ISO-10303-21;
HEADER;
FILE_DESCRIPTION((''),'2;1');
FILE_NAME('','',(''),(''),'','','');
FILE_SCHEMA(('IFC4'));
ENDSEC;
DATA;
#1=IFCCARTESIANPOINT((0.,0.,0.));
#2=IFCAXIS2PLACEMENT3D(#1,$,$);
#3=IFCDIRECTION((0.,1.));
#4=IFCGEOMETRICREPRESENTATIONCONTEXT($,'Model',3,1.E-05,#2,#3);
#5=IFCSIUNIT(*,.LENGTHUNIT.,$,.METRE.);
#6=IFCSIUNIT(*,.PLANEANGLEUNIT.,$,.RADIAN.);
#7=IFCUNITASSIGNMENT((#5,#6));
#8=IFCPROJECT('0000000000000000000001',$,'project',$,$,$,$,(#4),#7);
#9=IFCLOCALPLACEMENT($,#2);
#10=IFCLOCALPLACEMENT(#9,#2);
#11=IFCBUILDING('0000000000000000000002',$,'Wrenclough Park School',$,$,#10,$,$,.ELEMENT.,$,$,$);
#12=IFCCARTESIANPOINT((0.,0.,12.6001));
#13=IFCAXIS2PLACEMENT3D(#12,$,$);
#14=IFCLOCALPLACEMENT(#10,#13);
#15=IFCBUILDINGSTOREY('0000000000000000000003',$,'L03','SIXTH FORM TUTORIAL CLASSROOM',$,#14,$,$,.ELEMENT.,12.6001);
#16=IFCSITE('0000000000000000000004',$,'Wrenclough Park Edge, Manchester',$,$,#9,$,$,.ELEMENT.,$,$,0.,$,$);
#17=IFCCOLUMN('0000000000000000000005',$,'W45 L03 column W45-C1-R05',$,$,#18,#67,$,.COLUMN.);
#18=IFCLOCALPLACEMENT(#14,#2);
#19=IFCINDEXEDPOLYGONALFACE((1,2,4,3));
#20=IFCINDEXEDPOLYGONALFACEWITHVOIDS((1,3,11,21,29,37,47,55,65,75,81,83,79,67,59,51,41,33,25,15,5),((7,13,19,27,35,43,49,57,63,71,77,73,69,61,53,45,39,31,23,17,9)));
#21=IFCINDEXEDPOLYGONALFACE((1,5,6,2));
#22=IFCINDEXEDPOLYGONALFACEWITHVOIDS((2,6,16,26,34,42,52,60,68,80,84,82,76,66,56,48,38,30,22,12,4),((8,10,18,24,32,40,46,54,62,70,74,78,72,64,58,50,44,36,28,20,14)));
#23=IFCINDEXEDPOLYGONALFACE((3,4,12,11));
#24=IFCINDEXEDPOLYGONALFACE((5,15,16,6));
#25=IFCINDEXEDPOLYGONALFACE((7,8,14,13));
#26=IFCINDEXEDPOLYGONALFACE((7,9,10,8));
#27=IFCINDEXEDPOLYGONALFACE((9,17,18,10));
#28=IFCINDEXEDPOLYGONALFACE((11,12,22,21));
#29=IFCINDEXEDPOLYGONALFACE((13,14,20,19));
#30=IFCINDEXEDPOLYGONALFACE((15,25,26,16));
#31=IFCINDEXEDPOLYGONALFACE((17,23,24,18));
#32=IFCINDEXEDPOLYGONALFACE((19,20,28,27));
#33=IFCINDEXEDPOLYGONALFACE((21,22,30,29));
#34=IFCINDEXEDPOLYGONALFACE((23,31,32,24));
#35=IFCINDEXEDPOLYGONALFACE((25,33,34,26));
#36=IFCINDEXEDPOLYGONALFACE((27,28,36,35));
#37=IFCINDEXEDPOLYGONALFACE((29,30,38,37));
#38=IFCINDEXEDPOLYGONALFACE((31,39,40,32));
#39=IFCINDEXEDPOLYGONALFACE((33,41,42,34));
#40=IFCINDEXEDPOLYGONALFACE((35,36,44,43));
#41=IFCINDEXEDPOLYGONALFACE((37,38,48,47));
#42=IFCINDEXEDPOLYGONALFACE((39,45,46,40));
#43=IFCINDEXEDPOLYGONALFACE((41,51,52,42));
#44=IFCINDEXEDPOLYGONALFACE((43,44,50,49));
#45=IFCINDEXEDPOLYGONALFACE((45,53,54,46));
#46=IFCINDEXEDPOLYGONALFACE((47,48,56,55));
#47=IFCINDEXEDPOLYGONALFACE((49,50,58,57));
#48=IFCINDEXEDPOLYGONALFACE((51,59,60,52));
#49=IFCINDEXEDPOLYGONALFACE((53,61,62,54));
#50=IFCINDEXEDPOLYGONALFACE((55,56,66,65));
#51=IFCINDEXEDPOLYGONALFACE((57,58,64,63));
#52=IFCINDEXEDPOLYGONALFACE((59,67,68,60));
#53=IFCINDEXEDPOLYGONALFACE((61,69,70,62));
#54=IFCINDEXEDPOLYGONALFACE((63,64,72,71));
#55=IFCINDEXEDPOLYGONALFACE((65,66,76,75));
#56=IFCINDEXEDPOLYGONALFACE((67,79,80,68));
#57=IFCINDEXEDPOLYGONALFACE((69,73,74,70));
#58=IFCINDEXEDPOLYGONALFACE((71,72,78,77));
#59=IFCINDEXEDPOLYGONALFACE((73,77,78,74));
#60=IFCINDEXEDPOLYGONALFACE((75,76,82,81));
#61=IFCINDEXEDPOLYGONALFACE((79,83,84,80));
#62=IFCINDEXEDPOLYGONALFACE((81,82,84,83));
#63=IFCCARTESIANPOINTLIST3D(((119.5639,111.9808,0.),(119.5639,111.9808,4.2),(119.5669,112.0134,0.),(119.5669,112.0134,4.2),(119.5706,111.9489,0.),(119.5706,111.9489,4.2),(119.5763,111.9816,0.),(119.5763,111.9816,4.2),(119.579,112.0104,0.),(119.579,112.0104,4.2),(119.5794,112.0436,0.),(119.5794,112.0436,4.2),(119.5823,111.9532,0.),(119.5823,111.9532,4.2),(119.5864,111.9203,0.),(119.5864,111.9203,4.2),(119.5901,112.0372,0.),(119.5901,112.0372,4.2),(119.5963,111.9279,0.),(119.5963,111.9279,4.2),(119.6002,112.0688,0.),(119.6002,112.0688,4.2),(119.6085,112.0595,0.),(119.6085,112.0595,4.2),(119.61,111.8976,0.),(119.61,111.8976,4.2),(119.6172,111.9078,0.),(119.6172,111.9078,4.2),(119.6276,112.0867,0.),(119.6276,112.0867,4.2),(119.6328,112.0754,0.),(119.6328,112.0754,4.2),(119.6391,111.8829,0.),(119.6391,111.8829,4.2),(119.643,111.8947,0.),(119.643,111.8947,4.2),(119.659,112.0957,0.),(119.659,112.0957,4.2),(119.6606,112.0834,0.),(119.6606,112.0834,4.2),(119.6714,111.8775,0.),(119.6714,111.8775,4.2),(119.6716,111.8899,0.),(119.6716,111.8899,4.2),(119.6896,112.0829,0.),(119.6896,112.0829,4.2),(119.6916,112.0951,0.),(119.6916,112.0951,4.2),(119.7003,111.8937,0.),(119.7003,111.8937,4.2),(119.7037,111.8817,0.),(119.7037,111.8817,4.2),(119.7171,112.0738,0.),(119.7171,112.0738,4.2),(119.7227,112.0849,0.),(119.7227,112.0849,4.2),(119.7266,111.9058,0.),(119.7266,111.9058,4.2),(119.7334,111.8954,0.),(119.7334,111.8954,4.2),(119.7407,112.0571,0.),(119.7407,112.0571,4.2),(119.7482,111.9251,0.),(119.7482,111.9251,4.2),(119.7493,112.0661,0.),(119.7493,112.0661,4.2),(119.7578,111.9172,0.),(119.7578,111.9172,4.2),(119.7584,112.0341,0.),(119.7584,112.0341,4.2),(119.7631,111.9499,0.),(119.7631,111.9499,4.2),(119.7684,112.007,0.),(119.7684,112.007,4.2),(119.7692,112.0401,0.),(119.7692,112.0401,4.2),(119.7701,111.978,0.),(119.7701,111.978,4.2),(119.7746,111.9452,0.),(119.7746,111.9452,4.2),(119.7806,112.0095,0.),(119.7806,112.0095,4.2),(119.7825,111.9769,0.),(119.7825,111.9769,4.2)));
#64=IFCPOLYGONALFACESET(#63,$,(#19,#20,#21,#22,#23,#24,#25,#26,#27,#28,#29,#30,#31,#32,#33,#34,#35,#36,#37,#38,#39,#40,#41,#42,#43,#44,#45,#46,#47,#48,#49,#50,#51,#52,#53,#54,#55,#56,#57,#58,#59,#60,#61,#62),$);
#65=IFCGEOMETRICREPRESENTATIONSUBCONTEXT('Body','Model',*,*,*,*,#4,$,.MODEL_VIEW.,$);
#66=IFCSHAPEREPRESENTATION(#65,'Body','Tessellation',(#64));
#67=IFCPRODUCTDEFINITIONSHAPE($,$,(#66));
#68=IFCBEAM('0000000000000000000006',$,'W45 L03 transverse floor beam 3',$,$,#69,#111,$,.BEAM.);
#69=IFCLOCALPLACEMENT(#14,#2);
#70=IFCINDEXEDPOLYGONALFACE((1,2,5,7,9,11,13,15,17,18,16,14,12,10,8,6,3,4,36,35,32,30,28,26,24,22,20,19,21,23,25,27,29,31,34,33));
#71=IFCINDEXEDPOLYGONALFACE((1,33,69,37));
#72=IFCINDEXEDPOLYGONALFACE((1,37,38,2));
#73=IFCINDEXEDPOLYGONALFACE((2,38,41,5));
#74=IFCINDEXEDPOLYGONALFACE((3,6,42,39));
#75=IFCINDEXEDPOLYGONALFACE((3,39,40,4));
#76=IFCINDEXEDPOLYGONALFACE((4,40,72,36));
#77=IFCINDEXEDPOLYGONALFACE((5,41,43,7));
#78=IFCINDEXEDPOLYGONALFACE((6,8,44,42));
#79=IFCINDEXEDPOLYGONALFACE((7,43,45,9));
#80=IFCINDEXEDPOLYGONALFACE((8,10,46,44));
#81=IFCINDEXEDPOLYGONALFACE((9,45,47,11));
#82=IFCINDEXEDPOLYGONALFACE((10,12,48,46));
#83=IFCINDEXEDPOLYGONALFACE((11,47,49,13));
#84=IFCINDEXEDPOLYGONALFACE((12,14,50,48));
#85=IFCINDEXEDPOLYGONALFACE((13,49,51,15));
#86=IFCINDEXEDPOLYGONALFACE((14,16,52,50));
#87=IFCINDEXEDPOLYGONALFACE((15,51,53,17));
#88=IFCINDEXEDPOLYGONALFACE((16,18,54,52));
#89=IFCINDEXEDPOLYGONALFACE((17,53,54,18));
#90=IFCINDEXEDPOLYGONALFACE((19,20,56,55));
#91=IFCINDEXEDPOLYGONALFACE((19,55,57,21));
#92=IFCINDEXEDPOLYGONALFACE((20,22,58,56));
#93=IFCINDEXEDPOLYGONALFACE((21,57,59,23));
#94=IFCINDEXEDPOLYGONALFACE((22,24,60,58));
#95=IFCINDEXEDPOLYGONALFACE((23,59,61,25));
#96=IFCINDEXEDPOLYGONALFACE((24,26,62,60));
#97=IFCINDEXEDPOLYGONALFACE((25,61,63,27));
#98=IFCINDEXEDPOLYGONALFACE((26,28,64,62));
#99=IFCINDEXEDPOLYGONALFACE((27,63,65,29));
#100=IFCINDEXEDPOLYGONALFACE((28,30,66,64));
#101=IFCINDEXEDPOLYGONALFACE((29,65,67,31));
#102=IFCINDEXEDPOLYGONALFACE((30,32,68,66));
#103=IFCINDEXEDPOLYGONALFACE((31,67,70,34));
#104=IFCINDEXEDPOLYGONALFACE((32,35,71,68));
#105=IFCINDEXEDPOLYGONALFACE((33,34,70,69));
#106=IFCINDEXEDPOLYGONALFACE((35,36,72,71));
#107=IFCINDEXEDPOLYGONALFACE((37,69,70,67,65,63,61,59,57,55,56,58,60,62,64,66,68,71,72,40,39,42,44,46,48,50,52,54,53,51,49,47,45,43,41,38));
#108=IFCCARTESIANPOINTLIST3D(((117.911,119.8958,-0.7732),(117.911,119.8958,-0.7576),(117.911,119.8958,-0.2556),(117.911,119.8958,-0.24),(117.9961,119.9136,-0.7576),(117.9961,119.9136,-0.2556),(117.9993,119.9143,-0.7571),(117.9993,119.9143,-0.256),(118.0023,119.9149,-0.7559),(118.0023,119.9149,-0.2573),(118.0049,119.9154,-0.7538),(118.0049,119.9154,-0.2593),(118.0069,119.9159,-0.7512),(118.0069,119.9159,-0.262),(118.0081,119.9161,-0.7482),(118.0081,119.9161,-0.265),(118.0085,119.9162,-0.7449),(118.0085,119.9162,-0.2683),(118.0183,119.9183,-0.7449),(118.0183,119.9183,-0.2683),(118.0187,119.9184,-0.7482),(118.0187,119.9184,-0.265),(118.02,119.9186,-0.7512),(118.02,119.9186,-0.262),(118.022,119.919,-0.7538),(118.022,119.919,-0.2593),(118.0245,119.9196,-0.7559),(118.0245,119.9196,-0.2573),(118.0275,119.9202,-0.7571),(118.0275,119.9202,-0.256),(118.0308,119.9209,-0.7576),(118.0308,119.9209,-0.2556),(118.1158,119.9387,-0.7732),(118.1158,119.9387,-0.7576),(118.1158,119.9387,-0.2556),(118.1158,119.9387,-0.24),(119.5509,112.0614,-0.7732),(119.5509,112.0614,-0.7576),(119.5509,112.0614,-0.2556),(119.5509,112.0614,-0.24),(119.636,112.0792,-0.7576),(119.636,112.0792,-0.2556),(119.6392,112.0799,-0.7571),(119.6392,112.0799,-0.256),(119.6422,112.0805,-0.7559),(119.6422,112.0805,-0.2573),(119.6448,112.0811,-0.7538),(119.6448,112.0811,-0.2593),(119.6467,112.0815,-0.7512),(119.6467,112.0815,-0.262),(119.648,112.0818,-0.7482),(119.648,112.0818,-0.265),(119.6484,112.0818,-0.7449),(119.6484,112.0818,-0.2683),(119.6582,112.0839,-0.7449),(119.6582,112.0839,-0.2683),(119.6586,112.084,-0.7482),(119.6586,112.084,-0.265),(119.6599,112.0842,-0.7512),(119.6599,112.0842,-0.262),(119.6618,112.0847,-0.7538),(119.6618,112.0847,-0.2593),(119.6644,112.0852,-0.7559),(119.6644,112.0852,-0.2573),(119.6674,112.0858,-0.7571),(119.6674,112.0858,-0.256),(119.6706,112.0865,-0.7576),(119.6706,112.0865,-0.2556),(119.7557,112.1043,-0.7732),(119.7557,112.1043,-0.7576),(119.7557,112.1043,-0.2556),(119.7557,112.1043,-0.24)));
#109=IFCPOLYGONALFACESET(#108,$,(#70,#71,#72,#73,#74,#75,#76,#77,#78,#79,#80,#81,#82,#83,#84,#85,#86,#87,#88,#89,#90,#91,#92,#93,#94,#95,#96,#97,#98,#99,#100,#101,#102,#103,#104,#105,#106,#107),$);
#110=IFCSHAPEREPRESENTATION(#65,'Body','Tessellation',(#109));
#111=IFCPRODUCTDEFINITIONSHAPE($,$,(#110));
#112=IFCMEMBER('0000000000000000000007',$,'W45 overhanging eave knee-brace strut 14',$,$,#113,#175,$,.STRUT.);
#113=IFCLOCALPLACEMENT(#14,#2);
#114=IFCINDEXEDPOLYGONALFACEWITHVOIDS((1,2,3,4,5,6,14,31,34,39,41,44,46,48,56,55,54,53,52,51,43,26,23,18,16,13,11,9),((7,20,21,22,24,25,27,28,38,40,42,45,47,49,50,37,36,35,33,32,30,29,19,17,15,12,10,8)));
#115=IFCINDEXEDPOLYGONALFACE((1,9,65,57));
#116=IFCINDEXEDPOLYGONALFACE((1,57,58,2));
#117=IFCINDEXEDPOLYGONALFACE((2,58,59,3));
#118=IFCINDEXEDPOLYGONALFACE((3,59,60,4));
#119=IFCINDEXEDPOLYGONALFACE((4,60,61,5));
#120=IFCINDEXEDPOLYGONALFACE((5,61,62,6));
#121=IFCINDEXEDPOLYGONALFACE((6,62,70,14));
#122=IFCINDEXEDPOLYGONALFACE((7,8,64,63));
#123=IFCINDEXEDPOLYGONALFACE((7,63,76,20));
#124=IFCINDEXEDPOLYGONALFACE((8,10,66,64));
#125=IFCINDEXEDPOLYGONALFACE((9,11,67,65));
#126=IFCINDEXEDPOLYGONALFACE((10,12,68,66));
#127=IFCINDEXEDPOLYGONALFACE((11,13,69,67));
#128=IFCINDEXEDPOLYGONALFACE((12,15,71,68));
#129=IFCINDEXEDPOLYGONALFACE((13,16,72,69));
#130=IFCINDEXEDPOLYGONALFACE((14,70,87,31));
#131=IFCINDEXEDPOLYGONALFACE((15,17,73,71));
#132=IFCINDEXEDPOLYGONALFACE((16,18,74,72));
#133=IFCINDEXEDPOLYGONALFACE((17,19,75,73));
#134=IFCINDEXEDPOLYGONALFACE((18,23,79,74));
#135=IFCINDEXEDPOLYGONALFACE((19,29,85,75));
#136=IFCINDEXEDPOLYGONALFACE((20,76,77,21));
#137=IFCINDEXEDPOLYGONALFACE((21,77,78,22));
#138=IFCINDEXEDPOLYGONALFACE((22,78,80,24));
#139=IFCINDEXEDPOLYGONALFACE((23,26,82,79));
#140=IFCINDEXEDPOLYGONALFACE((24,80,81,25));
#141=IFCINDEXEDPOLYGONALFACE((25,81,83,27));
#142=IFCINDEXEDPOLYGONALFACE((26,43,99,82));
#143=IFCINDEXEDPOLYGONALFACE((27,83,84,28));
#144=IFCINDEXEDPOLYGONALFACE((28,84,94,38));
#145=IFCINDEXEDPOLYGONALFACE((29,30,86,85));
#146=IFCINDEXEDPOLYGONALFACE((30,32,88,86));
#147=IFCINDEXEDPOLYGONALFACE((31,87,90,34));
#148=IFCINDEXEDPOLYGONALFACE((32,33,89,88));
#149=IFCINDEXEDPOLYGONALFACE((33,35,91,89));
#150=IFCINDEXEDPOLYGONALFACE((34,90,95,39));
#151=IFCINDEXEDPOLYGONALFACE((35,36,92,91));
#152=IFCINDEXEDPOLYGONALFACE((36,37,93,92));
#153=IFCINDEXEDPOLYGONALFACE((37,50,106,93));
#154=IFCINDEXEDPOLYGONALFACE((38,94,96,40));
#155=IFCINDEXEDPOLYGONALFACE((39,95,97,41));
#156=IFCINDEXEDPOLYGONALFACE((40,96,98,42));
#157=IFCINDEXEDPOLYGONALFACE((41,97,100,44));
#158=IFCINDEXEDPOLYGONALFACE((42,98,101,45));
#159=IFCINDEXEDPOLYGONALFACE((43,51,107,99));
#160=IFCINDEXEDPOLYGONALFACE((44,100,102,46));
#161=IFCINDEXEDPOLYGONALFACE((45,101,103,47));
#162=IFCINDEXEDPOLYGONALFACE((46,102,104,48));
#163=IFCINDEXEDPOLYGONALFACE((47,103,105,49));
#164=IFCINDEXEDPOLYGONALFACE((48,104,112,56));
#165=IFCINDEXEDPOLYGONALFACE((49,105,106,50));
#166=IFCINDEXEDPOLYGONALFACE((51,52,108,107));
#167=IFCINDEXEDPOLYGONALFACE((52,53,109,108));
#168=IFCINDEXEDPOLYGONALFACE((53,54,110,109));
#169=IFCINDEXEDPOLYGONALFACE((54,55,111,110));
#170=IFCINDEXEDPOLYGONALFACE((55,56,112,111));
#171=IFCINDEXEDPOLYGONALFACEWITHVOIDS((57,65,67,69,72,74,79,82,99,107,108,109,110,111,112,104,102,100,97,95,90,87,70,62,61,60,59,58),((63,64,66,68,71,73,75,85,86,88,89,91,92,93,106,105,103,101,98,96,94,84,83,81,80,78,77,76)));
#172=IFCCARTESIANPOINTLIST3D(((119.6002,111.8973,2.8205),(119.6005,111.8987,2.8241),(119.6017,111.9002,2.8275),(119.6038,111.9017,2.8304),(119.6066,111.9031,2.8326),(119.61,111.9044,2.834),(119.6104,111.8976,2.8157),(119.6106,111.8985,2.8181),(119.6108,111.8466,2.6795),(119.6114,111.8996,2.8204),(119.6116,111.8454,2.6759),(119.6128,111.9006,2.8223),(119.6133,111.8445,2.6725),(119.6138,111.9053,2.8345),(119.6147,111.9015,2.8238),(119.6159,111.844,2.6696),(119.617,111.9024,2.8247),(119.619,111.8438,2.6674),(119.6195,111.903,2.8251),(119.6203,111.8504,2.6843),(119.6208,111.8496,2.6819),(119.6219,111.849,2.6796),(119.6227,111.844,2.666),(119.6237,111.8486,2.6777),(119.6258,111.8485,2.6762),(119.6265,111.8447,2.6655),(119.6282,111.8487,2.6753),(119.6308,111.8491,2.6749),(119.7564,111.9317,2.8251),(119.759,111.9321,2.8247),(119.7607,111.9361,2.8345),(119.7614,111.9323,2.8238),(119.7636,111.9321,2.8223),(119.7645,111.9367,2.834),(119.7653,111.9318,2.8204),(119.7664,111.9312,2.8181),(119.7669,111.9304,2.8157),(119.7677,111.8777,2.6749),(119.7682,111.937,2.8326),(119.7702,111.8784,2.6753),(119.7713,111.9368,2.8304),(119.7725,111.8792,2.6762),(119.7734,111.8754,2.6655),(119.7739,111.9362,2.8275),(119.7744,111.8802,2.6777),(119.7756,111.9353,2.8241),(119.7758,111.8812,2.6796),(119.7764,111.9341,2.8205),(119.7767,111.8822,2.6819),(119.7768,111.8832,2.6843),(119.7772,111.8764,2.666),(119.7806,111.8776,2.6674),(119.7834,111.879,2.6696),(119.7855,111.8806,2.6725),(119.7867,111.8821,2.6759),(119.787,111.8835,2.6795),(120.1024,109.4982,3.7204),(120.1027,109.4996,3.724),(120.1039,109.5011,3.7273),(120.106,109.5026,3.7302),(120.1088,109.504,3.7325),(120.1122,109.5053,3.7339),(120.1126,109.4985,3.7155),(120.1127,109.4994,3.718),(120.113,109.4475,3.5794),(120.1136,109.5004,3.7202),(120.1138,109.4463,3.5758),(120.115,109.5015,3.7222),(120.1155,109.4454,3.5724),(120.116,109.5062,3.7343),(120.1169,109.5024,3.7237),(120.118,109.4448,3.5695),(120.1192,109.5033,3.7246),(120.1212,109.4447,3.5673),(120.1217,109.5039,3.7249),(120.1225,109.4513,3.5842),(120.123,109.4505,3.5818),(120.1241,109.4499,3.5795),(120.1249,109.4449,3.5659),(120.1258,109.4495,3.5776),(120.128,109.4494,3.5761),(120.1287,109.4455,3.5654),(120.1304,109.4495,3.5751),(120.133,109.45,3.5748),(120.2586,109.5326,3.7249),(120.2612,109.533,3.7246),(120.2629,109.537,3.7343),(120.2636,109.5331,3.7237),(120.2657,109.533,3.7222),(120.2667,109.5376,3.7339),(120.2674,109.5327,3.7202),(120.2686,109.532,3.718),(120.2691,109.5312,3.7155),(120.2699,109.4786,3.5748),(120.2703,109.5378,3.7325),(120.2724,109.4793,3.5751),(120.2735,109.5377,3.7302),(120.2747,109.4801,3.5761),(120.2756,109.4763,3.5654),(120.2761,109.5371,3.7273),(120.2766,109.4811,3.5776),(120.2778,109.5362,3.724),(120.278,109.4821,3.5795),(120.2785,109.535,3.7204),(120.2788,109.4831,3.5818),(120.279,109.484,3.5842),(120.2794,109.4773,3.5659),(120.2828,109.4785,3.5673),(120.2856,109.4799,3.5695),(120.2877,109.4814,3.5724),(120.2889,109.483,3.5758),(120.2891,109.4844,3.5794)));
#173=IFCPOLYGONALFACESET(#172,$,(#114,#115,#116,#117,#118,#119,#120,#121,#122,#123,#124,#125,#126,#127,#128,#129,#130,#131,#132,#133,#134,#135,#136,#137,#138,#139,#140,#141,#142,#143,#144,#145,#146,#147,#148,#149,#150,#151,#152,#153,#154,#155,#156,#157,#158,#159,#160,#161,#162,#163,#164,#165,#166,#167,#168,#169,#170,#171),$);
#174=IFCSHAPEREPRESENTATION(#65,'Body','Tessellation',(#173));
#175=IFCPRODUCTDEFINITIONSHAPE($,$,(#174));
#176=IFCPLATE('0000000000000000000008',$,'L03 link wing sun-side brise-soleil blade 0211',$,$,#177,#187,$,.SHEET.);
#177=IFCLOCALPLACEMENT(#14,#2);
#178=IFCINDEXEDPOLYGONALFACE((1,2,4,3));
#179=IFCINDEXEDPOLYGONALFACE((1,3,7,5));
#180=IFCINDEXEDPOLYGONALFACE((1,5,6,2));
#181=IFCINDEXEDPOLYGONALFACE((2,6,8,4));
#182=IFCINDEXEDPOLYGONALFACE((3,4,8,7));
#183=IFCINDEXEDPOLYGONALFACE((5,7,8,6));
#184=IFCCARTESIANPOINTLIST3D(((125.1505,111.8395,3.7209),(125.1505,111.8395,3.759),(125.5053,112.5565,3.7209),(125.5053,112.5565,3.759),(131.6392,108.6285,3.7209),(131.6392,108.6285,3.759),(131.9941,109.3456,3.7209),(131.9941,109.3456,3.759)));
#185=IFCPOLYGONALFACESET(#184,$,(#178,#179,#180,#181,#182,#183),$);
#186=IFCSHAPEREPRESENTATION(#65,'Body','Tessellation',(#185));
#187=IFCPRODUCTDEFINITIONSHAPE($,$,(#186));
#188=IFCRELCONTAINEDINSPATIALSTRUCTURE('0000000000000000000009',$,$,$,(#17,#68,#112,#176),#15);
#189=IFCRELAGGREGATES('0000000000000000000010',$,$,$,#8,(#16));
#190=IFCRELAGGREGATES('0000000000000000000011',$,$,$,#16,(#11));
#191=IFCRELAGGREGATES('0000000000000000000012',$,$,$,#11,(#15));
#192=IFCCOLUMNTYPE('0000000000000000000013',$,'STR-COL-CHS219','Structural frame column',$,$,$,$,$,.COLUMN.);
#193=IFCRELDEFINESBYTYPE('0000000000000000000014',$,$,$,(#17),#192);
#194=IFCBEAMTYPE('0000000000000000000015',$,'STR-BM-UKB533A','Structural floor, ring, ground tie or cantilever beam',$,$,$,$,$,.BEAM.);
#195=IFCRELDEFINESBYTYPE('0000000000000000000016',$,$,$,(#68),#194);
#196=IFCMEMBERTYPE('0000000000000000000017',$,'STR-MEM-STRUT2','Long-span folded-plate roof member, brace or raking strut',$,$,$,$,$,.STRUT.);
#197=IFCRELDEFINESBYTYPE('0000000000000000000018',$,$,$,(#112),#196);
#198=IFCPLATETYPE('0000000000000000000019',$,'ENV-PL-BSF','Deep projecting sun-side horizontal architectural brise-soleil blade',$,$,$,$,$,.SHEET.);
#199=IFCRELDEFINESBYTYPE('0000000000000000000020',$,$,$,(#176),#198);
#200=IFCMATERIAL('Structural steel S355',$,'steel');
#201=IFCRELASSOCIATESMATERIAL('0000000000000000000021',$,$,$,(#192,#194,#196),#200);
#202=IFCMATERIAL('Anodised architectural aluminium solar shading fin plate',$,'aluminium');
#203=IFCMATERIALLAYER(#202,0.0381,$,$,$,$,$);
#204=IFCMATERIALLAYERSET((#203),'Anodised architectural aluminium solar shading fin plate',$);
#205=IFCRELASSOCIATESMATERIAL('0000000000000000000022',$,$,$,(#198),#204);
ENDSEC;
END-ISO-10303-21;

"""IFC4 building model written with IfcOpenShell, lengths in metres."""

from ifc_helpers import new_model, si_unit, direction, frame, origin, origin_2d, place, context, subcontext, project, spatial, rectangle, hollow_rectangle, hollow_circle, i_section, extrude, material, layer, layer_set, material_profile, profile_set, type_object, element, save


model = new_model("IFC4")

# Units and contexts
model_context = context("Model", 3, precision=1e-05, world=origin(), true_north=direction((0.0, 1.0)))
body_context = subcontext(model_context, "Body", "Model", "MODEL_VIEW")
ifc_project = project(units=[si_unit("LENGTHUNIT", "METRE"), si_unit("PLANEANGLEUNIT", "RADIAN")], contexts=[model_context])

# Site, building, storey
site_placement = place(None, origin())
site = spatial("IfcSite", under=ifc_project, at=site_placement, Name="Wrenclough Park Edge, Manchester", CompositionType="ELEMENT", RefElevation=0.0)
building_placement = place(site_placement, origin())
building = spatial("IfcBuilding", under=site, at=building_placement, Name="Wrenclough Park School", CompositionType="ELEMENT")
storey_placement = place(building_placement, frame((0.0, 0.0, 12.6001)))
storey = spatial("IfcBuildingStorey", under=building, at=storey_placement, Name="L03", Description="SIXTH FORM TUTORIAL CLASSROOM", CompositionType="ELEMENT", Elevation=12.6001)

# Column
ifc_material_1 = material(Name="Structural steel S355", Category="steel")
ifc_material_profile_1 = material_profile(ifc_material_1, hollow_circle(Radius=0.1096, WallThickness=0.0125, at=origin_2d()), Name="CHS 219.1x12.5")
ifc_profile_set_1 = profile_set([ifc_material_profile_1], Name="Structural steel S355")
column_type = type_object("IfcColumnType", Name="STR-COL-CHS219", Description="Structural frame column", PredefinedType="COLUMN", material=ifc_profile_set_1)
column_placement = place(storey_placement, frame((119.6733, 111.9871, 0.0), z_axis=(0.0, 0.0, 1.0), x_axis=(0.978796, 0.204838, 0.0)))
element("IfcColumn", 1, at=column_placement, inside=storey, type_object=column_type, Name="W45 L03 column W45-C1-R05", PredefinedType="COLUMN", context=body_context, shape_type="SweptSolid", body=[
    extrude(hollow_circle(Radius=0.1096, WallThickness=0.0125, at=origin_2d()), origin(), (0.0, 0.0, 1.0), 4.2),
])

# Beam
ifc_material_profile_2 = material_profile(ifc_material_1, i_section(OverallWidth=0.2092, OverallDepth=0.5332, WebThickness=0.01, FlangeThickness=0.0156, FilletRadius=0.0127, at=origin_2d()), Name="UKB 533x210x92")
ifc_profile_set_2 = profile_set([ifc_material_profile_2], Name="Structural steel S355")
beam_type = type_object("IfcBeamType", Name="STR-BM-UKB533A", Description="Structural floor, ring, ground tie or cantilever beam", PredefinedType="BEAM", material=ifc_profile_set_2)
beam_placement = place(storey_placement, frame((118.0134, 119.9172, -0.5066), z_axis=(0.204877, -0.978788, 0.0), x_axis=(0.978788, 0.204877, 0.0)))
element("IfcBeam", 2, at=beam_placement, inside=storey, type_object=beam_type, Name="W45 L03 transverse floor beam 3", PredefinedType="BEAM", context=body_context, shape_type="SweptSolid", body=[
    extrude(i_section(OverallWidth=0.2092, OverallDepth=0.5332, WebThickness=0.01, FlangeThickness=0.0156, FilletRadius=0.0127, at=origin_2d()), origin(), (0.0, 0.0, 1.0), 8.0042),
])

# Member
ifc_material_profile_3 = material_profile(ifc_material_1, hollow_rectangle(XDim=0.1799, YDim=0.1799, WallThickness=0.01, InnerFilletRadius=0.01, OuterFilletRadius=0.0149, at=origin_2d()), Name="SHS 180x180x10.0")
ifc_profile_set_3 = profile_set([ifc_material_profile_3], Name="Structural steel S355")
member_type = type_object("IfcMemberType", Name="STR-MEM-STRUT2", Description="Long-span folded-plate roof member, brace or raking strut", PredefinedType="STRUT", material=ifc_profile_set_3)
member_placement = place(storey_placement, frame((119.6936, 111.8904, 2.75), z_axis=(0.192329, -0.918822, 0.34464), x_axis=(0.978787, 0.204881, 0.0)))
element("IfcMember", 3, at=member_placement, inside=storey, type_object=member_type, Name="W45 overhanging eave knee-brace strut 14", PredefinedType="STRUT", context=body_context, shape_type="SweptSolid", body=[
    extrude(hollow_rectangle(XDim=0.1799, YDim=0.1799, WallThickness=0.01, InnerFilletRadius=0.01, OuterFilletRadius=0.0149, at=origin_2d()), origin(), (0.0, 0.0, 1.0), 2.6111),
])

# Plate
ifc_material_2 = material(Name="Anodised architectural aluminium solar shading fin plate", Category="aluminium")
ifc_layer_1 = layer(ifc_material_2, 0.0381)
ifc_layer_set_1 = layer_set([ifc_layer_1], Name="Anodised architectural aluminium solar shading fin plate")
plate_type_1 = type_object("IfcPlateType", Name="ENV-PL-BSF", Description="Deep projecting sun-side horizontal architectural brise-soleil blade", PredefinedType="SHEET", material=ifc_layer_set_1)
plate_1_placement = place(storey_placement, frame((128.5723, 110.5925, 3.7209), z_axis=(0.0, 0.0, 1.0), x_axis=(-0.896265, 0.443519, 0.0)))
element("IfcPlate", 4, at=plate_1_placement, inside=storey, type_object=plate_type_1, Name="L03 link wing sun-side brise-soleil blade 0211", PredefinedType="SHEET", context=body_context, shape_type="SweptSolid", body=[
    extrude(rectangle(XDim=7.2397, YDim=0.8, at=origin_2d()), origin(), (0.0, 0.0, 1.0), 0.0381),
])

save(model, "model.ifc")
